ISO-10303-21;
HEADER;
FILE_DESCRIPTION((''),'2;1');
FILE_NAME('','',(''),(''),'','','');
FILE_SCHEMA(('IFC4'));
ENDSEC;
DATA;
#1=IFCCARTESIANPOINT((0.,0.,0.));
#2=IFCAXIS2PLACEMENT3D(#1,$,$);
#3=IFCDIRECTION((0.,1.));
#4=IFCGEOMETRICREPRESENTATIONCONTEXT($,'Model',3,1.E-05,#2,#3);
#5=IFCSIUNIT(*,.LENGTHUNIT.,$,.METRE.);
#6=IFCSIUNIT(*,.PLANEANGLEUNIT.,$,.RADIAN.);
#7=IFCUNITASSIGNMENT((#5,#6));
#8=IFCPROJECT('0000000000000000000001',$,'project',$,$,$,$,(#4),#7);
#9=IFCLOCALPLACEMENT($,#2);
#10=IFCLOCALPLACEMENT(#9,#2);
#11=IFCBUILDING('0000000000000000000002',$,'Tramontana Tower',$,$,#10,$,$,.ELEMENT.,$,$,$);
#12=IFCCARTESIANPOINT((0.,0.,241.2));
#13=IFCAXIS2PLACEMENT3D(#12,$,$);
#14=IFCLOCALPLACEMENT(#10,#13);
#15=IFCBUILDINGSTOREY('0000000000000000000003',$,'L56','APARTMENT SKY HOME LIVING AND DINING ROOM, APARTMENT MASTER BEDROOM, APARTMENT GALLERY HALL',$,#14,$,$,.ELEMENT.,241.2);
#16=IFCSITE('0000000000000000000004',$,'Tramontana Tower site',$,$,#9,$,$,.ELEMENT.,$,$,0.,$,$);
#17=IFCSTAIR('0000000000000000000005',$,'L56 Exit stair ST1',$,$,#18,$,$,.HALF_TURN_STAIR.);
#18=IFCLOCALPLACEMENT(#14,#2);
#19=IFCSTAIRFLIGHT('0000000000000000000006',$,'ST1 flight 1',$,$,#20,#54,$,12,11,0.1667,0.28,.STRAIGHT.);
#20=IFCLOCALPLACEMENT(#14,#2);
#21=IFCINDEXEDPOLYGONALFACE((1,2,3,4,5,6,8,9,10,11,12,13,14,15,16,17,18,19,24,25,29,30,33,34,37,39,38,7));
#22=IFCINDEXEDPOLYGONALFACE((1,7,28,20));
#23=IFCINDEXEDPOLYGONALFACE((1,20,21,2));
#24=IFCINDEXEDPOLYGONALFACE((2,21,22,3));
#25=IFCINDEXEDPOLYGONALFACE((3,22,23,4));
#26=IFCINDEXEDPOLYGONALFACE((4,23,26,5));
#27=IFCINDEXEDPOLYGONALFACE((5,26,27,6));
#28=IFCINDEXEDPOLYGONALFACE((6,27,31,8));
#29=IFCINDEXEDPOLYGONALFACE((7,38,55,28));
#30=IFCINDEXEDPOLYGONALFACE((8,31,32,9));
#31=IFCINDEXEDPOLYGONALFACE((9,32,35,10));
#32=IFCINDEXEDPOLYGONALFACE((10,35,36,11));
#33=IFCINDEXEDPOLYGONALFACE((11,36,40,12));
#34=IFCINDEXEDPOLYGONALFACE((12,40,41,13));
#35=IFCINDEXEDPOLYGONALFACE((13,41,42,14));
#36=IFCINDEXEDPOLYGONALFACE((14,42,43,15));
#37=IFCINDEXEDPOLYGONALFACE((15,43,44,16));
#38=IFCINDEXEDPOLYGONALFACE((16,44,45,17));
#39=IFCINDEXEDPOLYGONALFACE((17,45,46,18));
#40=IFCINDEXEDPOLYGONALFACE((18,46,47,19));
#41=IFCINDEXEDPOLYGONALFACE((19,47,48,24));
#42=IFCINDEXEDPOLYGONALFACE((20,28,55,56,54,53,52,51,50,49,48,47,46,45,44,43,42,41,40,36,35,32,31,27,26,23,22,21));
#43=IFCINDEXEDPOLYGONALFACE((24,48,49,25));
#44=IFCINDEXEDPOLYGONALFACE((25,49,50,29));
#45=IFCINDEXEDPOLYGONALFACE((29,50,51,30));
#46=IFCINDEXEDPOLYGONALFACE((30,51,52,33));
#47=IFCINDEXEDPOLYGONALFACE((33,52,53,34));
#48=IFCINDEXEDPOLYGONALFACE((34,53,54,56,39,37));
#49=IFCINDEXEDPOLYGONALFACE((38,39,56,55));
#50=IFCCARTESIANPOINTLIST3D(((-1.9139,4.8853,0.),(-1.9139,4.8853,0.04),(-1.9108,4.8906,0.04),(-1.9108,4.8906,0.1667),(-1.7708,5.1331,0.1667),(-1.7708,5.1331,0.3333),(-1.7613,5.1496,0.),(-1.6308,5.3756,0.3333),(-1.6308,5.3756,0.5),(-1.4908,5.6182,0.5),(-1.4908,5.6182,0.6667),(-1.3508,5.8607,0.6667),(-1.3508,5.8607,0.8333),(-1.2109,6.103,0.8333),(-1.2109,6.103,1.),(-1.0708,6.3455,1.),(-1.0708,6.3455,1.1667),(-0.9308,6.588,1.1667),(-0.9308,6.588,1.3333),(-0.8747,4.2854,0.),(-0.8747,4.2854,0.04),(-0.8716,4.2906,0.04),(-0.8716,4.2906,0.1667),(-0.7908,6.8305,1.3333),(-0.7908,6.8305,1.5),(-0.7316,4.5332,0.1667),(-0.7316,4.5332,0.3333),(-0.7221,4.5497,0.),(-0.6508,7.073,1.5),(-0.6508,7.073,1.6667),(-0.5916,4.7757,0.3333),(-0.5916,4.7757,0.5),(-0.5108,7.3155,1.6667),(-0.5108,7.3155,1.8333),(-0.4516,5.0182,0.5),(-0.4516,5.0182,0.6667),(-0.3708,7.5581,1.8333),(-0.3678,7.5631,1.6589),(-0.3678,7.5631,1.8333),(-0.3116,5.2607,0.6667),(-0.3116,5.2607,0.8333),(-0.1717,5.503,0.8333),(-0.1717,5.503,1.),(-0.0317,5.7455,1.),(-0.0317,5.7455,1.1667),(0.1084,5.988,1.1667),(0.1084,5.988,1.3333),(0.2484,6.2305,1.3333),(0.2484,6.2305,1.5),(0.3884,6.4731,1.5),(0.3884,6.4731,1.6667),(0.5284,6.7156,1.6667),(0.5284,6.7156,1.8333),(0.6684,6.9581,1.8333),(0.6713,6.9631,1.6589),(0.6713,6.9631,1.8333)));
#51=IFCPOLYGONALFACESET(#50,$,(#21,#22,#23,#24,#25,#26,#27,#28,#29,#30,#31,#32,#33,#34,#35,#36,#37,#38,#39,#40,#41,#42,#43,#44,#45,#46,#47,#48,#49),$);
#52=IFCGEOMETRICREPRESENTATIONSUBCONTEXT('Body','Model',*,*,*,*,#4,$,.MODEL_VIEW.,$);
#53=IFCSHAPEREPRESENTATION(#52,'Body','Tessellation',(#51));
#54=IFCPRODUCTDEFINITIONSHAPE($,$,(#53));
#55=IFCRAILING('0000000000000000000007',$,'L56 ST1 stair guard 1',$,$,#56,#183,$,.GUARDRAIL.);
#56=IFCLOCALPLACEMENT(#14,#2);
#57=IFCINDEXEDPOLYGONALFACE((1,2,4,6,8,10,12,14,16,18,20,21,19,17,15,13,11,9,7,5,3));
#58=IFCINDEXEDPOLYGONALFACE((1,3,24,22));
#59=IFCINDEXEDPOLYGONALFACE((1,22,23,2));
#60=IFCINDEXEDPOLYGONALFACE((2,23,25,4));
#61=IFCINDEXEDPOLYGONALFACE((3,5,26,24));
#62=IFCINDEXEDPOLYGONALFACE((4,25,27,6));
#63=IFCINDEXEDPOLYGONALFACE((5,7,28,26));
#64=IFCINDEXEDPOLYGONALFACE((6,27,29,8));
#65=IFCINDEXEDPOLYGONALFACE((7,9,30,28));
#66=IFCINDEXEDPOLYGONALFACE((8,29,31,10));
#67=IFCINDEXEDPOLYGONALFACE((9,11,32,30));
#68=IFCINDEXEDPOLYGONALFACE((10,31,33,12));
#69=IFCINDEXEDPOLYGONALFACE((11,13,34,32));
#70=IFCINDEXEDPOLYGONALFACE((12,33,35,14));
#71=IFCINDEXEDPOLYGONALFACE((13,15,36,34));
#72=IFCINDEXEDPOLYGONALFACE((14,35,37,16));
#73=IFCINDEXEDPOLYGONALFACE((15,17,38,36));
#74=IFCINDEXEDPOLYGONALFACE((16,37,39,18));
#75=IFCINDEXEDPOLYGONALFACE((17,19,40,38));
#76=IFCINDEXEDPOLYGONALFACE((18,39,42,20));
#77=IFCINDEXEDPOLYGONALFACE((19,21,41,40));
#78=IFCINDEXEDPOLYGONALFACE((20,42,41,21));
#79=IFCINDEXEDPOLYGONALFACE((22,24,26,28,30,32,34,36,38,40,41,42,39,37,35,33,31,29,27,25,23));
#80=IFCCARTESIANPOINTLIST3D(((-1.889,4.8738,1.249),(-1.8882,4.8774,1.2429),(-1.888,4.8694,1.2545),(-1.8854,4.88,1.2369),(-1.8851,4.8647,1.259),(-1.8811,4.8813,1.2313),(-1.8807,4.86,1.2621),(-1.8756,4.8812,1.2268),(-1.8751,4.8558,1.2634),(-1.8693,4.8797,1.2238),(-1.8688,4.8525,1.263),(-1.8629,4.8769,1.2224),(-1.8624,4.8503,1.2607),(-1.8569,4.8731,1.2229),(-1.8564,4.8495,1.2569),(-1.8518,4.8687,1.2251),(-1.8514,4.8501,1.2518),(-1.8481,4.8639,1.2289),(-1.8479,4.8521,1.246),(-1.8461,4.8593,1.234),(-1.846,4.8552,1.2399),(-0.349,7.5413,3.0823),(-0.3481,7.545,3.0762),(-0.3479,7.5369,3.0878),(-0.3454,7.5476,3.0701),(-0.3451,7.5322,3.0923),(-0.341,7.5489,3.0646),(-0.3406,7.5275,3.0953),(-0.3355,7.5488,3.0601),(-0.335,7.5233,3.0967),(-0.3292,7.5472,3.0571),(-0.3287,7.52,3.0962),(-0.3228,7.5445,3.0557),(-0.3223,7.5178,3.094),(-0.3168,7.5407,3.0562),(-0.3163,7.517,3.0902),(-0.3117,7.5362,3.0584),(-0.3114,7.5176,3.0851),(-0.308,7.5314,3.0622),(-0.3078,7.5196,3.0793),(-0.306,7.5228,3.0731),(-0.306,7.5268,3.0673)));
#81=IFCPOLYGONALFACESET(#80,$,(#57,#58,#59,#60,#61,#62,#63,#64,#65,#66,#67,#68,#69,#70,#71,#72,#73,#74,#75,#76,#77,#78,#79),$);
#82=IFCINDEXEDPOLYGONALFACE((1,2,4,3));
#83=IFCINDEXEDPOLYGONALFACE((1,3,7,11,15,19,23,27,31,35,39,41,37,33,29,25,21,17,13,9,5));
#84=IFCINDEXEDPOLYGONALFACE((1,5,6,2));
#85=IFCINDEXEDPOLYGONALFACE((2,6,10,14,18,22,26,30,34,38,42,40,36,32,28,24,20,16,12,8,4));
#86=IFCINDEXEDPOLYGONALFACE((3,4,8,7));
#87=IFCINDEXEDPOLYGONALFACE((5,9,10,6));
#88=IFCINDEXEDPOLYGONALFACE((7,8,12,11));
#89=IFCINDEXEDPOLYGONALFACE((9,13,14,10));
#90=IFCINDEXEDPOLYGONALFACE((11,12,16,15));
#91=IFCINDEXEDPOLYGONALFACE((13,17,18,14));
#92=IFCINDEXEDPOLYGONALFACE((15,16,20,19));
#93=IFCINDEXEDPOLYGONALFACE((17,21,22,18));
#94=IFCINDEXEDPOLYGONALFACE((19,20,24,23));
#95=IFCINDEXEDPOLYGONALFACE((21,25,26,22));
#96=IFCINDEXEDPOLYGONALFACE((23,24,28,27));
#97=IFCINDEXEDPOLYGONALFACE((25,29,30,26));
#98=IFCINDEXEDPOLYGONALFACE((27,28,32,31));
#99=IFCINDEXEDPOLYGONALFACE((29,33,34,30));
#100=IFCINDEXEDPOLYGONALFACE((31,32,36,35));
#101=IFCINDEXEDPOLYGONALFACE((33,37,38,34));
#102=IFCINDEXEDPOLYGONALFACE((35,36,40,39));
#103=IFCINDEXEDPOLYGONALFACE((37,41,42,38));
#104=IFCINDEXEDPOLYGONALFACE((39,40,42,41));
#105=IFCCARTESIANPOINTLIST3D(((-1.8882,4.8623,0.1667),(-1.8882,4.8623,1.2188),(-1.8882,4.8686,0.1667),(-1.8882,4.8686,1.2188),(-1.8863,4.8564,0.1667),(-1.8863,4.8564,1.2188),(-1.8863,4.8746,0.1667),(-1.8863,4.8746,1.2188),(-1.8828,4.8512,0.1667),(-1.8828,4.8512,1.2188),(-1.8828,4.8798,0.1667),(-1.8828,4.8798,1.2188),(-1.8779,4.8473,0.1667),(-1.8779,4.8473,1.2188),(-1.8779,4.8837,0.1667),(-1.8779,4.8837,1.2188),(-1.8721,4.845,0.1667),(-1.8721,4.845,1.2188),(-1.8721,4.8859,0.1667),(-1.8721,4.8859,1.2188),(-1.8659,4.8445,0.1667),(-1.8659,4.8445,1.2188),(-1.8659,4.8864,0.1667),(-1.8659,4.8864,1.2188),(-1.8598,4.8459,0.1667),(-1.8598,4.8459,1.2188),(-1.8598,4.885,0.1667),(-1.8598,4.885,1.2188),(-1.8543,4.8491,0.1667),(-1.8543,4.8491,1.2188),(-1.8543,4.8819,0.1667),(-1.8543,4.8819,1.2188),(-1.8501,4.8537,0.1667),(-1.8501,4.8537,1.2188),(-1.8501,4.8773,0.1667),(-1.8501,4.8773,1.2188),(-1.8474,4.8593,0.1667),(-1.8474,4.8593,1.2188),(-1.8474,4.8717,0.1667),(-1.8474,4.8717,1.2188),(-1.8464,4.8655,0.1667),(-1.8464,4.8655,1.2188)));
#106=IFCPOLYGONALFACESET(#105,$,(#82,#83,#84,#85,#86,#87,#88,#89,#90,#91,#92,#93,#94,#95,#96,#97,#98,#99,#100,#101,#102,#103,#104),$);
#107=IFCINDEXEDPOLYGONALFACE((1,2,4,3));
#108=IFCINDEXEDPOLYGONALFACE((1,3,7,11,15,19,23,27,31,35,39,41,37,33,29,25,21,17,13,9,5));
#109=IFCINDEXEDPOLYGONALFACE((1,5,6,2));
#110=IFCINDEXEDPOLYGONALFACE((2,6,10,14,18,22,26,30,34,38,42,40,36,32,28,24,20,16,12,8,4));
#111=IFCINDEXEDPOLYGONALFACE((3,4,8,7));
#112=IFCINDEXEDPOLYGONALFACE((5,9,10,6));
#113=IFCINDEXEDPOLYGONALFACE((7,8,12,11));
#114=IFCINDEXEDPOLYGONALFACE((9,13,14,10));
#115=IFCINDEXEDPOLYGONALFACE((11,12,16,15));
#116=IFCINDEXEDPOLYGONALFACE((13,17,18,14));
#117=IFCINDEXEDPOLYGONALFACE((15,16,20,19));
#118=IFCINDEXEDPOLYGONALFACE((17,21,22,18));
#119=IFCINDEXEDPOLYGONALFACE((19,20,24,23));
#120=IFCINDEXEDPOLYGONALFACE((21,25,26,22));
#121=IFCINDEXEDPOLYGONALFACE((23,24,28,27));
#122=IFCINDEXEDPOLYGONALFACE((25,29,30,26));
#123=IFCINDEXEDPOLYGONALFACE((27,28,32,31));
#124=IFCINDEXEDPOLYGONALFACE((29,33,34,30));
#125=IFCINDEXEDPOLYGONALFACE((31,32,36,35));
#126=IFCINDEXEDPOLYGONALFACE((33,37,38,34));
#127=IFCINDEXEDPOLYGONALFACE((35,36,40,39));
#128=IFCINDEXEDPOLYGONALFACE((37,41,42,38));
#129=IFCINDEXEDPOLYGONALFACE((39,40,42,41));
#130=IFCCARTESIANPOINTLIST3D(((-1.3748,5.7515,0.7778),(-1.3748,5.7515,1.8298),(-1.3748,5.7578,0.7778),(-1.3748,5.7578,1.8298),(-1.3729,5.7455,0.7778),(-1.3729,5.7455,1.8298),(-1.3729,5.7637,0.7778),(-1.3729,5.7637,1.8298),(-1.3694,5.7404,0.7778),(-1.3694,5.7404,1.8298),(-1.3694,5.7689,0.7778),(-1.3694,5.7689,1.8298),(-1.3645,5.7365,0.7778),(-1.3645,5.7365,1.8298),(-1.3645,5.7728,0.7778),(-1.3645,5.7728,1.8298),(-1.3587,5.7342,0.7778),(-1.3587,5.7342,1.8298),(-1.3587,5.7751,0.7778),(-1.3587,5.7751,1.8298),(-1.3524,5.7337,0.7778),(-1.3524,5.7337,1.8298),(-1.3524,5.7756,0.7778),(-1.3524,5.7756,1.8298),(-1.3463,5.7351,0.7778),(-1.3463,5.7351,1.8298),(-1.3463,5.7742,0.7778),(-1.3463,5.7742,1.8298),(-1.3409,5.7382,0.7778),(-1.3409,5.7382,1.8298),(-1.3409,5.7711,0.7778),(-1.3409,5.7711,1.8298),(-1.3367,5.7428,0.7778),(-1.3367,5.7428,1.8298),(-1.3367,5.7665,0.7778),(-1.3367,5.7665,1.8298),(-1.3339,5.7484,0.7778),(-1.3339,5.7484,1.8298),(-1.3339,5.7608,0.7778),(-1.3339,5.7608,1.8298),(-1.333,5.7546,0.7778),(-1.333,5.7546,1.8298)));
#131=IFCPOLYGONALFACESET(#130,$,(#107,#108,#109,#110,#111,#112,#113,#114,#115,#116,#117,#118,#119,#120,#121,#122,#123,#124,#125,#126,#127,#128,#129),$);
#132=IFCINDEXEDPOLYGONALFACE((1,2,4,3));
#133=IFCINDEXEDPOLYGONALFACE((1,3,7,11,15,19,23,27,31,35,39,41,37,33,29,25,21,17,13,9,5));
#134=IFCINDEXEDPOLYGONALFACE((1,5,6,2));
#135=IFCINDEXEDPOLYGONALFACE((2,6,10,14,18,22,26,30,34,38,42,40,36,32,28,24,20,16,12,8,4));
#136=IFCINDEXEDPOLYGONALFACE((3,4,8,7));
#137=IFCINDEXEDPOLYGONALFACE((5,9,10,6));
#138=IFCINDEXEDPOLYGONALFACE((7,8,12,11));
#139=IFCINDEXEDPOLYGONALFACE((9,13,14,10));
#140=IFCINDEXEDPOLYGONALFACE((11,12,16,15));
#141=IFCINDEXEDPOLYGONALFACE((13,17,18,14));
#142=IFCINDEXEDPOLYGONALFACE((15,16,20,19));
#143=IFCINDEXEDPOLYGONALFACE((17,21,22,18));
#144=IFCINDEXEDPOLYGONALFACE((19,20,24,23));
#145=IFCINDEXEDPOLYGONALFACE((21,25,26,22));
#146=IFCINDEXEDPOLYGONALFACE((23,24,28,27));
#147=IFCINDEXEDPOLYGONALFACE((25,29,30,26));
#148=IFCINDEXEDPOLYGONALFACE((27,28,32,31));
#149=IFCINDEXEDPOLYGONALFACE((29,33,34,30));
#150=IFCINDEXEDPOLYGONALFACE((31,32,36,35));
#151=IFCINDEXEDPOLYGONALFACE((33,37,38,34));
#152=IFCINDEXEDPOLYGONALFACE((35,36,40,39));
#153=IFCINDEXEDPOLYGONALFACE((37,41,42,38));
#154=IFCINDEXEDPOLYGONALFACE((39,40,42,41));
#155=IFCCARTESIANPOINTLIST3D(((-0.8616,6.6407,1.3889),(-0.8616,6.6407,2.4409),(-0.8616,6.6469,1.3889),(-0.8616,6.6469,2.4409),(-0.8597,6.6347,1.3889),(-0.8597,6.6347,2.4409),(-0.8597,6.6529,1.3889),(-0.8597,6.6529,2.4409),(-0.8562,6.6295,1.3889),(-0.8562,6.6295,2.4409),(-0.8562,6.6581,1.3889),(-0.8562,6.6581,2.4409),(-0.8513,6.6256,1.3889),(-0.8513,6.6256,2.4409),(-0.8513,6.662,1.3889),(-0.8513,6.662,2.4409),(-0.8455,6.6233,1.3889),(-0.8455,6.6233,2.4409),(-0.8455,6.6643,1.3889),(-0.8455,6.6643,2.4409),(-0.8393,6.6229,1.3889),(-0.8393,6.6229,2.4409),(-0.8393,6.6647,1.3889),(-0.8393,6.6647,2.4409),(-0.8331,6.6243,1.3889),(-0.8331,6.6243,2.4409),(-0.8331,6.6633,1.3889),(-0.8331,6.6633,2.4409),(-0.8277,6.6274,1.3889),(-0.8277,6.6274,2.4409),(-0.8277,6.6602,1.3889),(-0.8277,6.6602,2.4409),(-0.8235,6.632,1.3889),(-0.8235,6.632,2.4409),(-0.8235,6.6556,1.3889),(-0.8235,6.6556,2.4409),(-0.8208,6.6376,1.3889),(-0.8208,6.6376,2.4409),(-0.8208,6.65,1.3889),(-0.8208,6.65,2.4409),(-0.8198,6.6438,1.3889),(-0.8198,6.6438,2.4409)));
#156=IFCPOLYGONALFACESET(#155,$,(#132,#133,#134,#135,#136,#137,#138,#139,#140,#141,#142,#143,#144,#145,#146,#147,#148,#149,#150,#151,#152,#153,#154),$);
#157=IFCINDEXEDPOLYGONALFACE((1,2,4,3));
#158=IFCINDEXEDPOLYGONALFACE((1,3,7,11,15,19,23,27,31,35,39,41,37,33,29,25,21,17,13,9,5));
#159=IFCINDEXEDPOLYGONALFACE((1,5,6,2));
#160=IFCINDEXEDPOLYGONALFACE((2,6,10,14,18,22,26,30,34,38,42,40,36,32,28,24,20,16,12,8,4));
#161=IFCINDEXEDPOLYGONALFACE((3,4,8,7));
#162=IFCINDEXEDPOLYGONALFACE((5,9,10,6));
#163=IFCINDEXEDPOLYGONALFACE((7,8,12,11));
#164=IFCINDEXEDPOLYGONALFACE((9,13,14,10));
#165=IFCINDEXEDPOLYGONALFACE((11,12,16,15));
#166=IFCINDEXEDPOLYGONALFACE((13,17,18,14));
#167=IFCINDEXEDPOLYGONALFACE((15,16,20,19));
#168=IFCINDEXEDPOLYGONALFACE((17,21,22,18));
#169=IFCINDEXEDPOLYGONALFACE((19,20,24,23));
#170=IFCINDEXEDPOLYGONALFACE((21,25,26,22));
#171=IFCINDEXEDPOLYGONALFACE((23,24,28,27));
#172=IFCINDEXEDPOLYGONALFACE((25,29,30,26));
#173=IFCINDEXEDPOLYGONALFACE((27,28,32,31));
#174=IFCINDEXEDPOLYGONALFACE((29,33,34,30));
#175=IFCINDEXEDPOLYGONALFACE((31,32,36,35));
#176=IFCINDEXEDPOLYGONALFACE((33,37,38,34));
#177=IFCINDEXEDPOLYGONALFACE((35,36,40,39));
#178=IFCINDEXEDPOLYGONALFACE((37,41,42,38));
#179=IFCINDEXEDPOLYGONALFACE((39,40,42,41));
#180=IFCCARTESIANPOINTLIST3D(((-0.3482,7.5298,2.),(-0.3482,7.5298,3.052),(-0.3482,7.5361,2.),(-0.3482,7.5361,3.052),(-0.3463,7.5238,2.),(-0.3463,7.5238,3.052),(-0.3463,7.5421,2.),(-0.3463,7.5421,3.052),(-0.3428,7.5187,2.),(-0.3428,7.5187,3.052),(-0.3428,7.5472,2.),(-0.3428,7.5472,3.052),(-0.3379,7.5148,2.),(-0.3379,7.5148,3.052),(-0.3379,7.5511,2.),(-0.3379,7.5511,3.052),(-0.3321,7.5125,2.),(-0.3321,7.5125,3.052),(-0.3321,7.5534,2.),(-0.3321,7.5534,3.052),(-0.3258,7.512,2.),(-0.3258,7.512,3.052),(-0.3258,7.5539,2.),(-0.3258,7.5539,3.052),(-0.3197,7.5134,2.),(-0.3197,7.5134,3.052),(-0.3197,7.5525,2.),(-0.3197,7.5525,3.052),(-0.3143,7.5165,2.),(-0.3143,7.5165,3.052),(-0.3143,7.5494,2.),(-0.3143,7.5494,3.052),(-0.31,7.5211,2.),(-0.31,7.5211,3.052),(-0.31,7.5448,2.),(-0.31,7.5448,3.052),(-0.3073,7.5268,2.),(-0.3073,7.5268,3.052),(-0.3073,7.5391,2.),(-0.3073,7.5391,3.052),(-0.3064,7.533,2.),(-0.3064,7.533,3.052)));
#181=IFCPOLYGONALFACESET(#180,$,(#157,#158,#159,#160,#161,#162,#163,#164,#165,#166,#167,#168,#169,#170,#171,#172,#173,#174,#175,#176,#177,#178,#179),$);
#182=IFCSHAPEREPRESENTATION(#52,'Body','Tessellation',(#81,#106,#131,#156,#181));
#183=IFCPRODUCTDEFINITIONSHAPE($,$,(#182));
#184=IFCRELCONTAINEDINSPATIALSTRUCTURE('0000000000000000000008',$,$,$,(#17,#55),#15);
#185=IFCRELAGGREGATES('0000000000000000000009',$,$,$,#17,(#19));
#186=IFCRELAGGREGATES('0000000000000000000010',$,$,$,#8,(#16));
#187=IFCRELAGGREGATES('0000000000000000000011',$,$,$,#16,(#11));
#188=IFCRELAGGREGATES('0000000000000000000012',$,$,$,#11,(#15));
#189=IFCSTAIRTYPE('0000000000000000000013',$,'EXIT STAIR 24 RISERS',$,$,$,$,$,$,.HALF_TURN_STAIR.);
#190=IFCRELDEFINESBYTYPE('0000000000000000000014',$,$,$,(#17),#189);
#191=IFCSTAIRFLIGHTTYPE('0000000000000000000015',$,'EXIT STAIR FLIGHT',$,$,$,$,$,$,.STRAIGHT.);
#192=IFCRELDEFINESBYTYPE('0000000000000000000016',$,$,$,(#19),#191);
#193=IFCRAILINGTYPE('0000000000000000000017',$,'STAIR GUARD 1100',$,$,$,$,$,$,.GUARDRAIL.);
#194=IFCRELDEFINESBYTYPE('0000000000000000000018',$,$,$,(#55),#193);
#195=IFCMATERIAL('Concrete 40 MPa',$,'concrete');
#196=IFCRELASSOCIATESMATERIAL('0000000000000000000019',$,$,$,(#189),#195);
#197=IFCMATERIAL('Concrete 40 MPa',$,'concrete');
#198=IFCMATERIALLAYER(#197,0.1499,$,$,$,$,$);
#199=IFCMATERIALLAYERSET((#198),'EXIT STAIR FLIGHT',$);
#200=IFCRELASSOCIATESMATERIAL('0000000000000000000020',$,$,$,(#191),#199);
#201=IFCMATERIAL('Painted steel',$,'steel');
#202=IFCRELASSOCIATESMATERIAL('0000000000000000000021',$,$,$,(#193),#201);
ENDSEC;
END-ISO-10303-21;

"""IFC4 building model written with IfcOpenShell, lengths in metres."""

from ifc_helpers import new_model, si_unit, direction, frame, origin, origin_2d, place, context, subcontext, project, spatial, polyline, circle, outline, extrude, material, layer, layer_set, type_object, element, aggregate, save


model = new_model("IFC4")

# Units and contexts
model_context = context("Model", 3, precision=1e-05, world=origin(), true_north=direction((0.0, 1.0)))
body_context = subcontext(model_context, "Body", "Model", "MODEL_VIEW")
ifc_project = project(units=[si_unit("LENGTHUNIT", "METRE"), si_unit("PLANEANGLEUNIT", "RADIAN")], contexts=[model_context])

# Site, building, storey
site_placement = place(None, origin())
site = spatial("IfcSite", under=ifc_project, at=site_placement, Name="Tramontana Tower site", CompositionType="ELEMENT", RefElevation=0.0)
building_placement = place(site_placement, origin())
building = spatial("IfcBuilding", under=site, at=building_placement, Name="Tramontana Tower", CompositionType="ELEMENT")
storey_placement = place(building_placement, frame((0.0, 0.0, 241.2)))
storey = spatial("IfcBuildingStorey", under=building, at=storey_placement, Name="L56", Description="APARTMENT SKY HOME LIVING AND DINING ROOM, APARTMENT MASTER BEDROOM, APARTMENT GALLERY HALL", CompositionType="ELEMENT", Elevation=241.2)

# Stair, stair flight
ifc_material_1 = material(Name="Concrete 40 MPa", Category="concrete")
stair_type = type_object("IfcStairType", Name="EXIT STAIR 24 RISERS", PredefinedType="HALF_TURN_STAIR", material=ifc_material_1)
stair_placement = place(storey_placement, origin())
stair = element("IfcStair", 1, at=stair_placement, inside=storey, type_object=stair_type, Name="L56 Exit stair ST1", PredefinedType="HALF_TURN_STAIR")
ifc_material_2 = material(Name="Concrete 40 MPa", Category="concrete")
ifc_layer_1 = layer(ifc_material_2, 0.1499)
ifc_layer_set_1 = layer_set([ifc_layer_1], Name="EXIT STAIR FLIGHT")
stair_flight_type = type_object("IfcStairFlightType", Name="EXIT STAIR FLIGHT", PredefinedType="STRAIGHT", material=ifc_layer_set_1)
stair_flight_placement = place(storey_placement, frame((-1.3911, 4.5906, 0.0), z_axis=(0.0, 0.0, 1.0), x_axis=(0.5, 0.866025, 0.0)))
stair_flight = element("IfcStairFlight", 2, at=stair_flight_placement, type_object=stair_flight_type, Name="ST1 flight 1", NumberOfRisers=12, NumberOfTreads=11, PredefinedType="STRAIGHT", RiserHeight=0.1667, TreadLength=0.28, context=body_context, shape_type="SweptSolid", body=[
    extrude(outline(polyline([(-0.0061, 0.0), (-0.0061, 0.04), (0.0, 0.04), (0.0, 0.1667), (0.28, 0.1667), (0.28, 0.3333), (0.5601, 0.3333), (0.5601, 0.5), (0.8401, 0.5), (0.8401, 0.6667), (1.1201, 0.6667), (1.1201, 0.8333), (1.3999, 0.8333), (1.3999, 1.0), (1.6799, 1.0), (1.6799, 1.1667), (1.96, 1.1667), (1.96, 1.3333), (2.24, 1.3333), (2.24, 1.5), (2.52, 1.5), (2.52, 1.6667), (2.8, 1.6667), (2.8, 1.8333), (3.0801, 1.8333), (3.0859, 1.8333), (3.0859, 1.6589), (0.2991, 0.0), (-0.0061, 0.0)])), frame((0.0, 0.6001, 0.0), z_axis=(0.0, -1.0, 0.0), x_axis=(1.0, 0.0, 0.0)), (0.0, 0.0, 1.0), 1.2),
])
aggregate(stair, [stair_flight])

# Railing
ifc_material_3 = material(Name="Painted steel", Category="steel")
railing_type_1 = type_object("IfcRailingType", Name="STAIR GUARD 1100", PredefinedType="GUARDRAIL", material=ifc_material_3)
railing_1_placement = place(storey_placement, frame((-1.8674, 4.8655, 0.1667)))
element("IfcRailing", 3, at=railing_1_placement, inside=storey, type_object=railing_type_1, Name="L56 ST1 stair guard 1", PredefinedType="GUARDRAIL", context=body_context, shape_type="SweptSolid", body=[
    extrude(circle(Radius=0.0239, at=origin_2d()), frame((0.0, 0.0, 1.0762), z_axis=(0.429649, 0.74419, 0.511452), x_axis=(-0.86603, 0.499992, 0.0)), (0.0, 0.0, 1.0), 3.5845),
    extrude(circle(Radius=0.021, at=origin_2d()), origin(), (0.0, 0.0, 1.0), 1.052),
    extrude(circle(Radius=0.021, at=origin_2d()), frame((0.5134, 0.8892, 0.6111)), (0.0, 0.0, 1.0), 1.052),
    extrude(circle(Radius=0.021, at=origin_2d()), frame((1.0266, 1.7783, 1.2222)), (0.0, 0.0, 1.0), 1.052),
    extrude(circle(Radius=0.021, at=origin_2d()), frame((1.54, 2.6675, 1.8333)), (0.0, 0.0, 1.0), 1.052),
])

save(model, "model.ifc")
